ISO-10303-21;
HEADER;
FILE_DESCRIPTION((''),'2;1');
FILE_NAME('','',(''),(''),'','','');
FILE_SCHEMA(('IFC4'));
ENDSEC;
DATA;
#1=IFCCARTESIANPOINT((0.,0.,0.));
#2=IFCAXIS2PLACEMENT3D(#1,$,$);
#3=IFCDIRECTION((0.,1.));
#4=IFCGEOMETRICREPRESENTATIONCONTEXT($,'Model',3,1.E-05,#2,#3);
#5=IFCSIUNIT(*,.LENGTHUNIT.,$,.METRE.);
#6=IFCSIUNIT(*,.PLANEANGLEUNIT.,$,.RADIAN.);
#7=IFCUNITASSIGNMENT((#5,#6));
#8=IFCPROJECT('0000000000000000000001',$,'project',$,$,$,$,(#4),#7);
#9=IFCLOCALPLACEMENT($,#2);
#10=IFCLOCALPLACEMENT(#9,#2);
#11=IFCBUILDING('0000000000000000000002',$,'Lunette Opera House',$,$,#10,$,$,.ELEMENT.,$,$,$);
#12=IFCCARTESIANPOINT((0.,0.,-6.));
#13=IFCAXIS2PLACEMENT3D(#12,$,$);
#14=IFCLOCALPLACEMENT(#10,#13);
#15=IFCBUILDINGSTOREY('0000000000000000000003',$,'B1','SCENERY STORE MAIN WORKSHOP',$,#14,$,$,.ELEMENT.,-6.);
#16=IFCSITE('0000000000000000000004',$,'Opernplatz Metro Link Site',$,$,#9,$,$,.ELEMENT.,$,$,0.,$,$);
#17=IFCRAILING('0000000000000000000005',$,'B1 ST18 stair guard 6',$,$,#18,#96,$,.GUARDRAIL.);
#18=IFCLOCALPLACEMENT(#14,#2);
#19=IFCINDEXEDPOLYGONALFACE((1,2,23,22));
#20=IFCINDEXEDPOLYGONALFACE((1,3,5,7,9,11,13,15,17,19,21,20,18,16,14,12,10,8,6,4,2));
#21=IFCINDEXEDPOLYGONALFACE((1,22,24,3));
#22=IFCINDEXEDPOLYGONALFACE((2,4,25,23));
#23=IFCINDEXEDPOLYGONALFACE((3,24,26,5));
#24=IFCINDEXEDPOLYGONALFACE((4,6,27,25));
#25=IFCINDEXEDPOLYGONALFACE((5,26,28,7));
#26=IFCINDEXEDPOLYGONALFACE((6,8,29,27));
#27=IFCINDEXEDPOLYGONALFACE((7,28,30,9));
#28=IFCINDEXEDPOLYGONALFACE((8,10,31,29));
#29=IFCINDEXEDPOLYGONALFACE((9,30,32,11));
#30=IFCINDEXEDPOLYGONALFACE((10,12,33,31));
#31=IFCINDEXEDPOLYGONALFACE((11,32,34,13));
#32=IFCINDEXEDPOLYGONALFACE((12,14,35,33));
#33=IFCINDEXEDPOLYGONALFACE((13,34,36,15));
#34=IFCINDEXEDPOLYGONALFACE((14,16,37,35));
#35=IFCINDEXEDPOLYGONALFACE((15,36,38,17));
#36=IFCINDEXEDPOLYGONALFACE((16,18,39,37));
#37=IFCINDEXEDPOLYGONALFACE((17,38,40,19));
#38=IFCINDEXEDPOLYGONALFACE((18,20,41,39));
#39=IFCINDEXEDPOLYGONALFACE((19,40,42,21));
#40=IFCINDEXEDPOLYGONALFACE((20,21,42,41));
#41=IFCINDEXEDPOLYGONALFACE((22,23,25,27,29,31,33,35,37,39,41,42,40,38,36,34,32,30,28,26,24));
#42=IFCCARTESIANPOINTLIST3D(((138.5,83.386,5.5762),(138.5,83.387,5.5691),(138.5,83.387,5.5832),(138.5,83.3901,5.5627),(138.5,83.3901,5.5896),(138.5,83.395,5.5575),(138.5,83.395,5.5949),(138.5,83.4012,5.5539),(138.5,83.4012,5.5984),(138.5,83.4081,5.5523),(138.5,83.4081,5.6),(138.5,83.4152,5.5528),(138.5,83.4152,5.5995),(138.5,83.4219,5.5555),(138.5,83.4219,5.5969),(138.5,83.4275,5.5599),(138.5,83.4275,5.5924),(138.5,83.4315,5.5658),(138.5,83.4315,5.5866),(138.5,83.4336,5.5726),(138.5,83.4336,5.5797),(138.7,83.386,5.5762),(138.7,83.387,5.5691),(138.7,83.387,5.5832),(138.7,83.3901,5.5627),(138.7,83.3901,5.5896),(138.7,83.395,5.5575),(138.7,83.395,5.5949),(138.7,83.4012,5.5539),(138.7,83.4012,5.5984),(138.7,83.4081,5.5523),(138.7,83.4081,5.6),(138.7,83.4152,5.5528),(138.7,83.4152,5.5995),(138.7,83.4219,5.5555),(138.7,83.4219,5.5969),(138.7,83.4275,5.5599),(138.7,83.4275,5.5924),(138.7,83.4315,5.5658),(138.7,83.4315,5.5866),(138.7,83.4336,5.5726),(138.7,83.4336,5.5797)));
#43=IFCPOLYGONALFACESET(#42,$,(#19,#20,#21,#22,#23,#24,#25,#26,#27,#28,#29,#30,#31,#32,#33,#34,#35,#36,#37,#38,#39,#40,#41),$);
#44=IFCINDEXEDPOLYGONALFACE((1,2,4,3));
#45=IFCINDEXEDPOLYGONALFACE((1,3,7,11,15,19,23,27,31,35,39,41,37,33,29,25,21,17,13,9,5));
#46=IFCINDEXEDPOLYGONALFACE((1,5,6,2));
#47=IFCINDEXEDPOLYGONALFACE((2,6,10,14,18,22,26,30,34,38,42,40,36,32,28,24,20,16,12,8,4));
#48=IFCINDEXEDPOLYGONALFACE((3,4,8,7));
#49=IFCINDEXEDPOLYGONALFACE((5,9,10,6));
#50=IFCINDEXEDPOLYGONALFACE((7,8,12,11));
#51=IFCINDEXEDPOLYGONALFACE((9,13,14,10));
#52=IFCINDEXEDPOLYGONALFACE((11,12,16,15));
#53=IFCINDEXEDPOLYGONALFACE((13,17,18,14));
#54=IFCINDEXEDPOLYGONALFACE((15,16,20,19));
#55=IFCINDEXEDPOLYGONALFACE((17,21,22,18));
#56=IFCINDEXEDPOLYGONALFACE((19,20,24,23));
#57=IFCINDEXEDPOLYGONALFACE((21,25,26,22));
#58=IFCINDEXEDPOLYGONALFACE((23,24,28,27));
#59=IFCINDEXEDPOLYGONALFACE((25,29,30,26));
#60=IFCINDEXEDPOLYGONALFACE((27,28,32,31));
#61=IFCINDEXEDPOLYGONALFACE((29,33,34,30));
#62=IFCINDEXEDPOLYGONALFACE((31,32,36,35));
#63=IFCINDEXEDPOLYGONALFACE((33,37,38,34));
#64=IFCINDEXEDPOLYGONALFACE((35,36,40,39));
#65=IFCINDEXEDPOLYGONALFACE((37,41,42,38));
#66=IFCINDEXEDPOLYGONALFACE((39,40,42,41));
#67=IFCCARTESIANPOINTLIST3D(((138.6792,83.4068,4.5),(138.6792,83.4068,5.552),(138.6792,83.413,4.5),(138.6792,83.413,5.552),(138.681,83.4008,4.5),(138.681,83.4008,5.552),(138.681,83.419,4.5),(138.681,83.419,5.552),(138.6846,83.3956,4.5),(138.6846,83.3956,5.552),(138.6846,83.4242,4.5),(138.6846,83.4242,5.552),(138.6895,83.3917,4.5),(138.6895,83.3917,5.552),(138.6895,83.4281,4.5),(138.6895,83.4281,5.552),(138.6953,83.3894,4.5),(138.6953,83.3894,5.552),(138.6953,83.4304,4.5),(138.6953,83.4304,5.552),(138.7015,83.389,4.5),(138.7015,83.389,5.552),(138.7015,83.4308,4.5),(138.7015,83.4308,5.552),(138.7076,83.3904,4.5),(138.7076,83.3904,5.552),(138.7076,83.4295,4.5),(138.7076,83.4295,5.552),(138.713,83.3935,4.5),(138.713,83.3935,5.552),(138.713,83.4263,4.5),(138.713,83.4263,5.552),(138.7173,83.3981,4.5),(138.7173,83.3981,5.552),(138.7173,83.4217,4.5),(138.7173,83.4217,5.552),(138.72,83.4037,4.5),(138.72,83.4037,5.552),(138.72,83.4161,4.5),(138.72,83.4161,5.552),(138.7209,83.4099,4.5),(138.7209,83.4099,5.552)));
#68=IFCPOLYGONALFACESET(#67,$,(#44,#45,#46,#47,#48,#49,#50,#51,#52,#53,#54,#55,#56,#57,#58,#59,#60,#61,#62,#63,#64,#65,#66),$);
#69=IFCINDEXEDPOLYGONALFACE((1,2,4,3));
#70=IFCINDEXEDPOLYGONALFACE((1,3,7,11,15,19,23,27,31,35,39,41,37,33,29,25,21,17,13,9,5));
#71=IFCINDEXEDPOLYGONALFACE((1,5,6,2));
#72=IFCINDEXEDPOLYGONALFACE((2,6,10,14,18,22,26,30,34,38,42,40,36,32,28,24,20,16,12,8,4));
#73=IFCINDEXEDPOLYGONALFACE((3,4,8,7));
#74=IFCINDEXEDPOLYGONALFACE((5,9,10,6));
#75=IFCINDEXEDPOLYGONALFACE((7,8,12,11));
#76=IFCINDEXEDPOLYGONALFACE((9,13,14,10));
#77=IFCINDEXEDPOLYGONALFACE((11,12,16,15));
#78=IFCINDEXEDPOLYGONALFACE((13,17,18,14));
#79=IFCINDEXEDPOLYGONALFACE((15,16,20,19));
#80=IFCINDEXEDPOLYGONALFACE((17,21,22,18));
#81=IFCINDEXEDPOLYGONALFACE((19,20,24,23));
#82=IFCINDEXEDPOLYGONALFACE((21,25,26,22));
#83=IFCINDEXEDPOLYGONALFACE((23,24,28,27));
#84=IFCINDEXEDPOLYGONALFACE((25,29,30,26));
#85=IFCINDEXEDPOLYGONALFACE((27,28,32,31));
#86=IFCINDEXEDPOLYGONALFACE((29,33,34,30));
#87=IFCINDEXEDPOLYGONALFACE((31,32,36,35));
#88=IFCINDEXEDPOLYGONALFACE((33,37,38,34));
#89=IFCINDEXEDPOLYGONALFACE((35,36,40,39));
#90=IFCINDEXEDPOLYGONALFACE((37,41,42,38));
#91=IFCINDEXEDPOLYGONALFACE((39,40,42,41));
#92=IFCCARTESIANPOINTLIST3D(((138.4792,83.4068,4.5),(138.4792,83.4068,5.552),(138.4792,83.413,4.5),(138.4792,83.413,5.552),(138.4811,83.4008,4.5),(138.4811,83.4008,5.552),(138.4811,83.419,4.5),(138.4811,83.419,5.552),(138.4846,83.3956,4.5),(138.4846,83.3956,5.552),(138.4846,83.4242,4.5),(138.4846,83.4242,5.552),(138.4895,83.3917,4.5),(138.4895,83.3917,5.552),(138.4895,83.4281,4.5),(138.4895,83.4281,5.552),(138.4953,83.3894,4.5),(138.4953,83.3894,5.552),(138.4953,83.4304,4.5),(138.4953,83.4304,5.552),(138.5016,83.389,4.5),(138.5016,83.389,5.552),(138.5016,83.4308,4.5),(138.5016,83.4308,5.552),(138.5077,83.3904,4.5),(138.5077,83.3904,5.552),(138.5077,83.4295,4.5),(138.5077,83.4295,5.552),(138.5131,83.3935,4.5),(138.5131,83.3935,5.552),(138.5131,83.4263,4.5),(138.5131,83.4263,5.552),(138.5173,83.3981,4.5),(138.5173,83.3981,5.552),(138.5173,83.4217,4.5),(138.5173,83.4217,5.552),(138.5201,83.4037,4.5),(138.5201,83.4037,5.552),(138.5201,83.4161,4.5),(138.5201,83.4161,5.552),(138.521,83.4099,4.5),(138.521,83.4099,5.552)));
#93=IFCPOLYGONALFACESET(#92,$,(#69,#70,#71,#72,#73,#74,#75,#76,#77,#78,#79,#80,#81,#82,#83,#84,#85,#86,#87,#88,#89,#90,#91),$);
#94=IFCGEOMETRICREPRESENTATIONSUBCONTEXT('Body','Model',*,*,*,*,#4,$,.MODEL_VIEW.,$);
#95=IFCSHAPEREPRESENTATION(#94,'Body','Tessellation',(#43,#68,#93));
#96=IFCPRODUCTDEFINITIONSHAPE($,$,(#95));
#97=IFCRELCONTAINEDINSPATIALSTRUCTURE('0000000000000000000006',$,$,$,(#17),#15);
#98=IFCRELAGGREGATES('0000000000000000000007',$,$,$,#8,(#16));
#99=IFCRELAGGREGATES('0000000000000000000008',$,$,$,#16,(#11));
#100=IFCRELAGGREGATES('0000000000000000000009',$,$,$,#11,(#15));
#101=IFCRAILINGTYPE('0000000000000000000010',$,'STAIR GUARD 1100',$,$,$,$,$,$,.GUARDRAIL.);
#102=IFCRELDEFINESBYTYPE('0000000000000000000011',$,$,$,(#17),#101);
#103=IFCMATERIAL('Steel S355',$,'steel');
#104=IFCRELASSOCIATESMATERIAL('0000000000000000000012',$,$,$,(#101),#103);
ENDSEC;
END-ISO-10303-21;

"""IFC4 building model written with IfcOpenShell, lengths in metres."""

from ifc_helpers import new_model, si_unit, direction, frame, origin, origin_2d, place, context, subcontext, project, spatial, circle, extrude, material, type_object, element, save


model = new_model("IFC4")

# Units and contexts
model_context = context("Model", 3, precision=1e-05, world=origin(), true_north=direction((0.0, 1.0)))
body_context = subcontext(model_context, "Body", "Model", "MODEL_VIEW")
ifc_project = project(units=[si_unit("LENGTHUNIT", "METRE"), si_unit("PLANEANGLEUNIT", "RADIAN")], contexts=[model_context])

# Site, building, storey
site_placement = place(None, origin())
site = spatial("IfcSite", under=ifc_project, at=site_placement, Name="Opernplatz Metro Link Site", CompositionType="ELEMENT", RefElevation=0.0)
building_placement = place(site_placement, origin())
building = spatial("IfcBuilding", under=site, at=building_placement, Name="Lunette Opera House", CompositionType="ELEMENT")
storey_placement = place(building_placement, frame((0.0, 0.0, -6.0)))
storey = spatial("IfcBuildingStorey", under=building, at=storey_placement, Name="B1", Description="SCENERY STORE MAIN WORKSHOP", CompositionType="ELEMENT", Elevation=-6.0)

# Railing
ifc_material_1 = material(Name="Steel S355", Category="steel")
railing_type_1 = type_object("IfcRailingType", Name="STAIR GUARD 1100", PredefinedType="GUARDRAIL", material=ifc_material_1)
railing_1_placement = place(storey_placement, frame((138.7, 83.4099, 4.5)))
element("IfcRailing", 1, at=railing_1_placement, inside=storey, type_object=railing_type_1, Name="B1 ST18 stair guard 6", PredefinedType="GUARDRAIL", context=body_context, shape_type="SweptSolid", body=[
    extrude(circle(Radius=0.0239, at=origin_2d()), frame((0.0, 0.0, 1.0762), z_axis=(-1.0, 0.0, 0.0), x_axis=(0.0, -1.0, 0.0)), (0.0, 0.0, 1.0), 0.2),
    extrude(circle(Radius=0.021, at=origin_2d()), origin(), (0.0, 0.0, 1.0), 1.052),
    extrude(circle(Radius=0.021, at=origin_2d()), frame((-0.2, 0.0, 0.0)), (0.0, 0.0, 1.0), 1.052),
])

save(model, "model.ifc")
